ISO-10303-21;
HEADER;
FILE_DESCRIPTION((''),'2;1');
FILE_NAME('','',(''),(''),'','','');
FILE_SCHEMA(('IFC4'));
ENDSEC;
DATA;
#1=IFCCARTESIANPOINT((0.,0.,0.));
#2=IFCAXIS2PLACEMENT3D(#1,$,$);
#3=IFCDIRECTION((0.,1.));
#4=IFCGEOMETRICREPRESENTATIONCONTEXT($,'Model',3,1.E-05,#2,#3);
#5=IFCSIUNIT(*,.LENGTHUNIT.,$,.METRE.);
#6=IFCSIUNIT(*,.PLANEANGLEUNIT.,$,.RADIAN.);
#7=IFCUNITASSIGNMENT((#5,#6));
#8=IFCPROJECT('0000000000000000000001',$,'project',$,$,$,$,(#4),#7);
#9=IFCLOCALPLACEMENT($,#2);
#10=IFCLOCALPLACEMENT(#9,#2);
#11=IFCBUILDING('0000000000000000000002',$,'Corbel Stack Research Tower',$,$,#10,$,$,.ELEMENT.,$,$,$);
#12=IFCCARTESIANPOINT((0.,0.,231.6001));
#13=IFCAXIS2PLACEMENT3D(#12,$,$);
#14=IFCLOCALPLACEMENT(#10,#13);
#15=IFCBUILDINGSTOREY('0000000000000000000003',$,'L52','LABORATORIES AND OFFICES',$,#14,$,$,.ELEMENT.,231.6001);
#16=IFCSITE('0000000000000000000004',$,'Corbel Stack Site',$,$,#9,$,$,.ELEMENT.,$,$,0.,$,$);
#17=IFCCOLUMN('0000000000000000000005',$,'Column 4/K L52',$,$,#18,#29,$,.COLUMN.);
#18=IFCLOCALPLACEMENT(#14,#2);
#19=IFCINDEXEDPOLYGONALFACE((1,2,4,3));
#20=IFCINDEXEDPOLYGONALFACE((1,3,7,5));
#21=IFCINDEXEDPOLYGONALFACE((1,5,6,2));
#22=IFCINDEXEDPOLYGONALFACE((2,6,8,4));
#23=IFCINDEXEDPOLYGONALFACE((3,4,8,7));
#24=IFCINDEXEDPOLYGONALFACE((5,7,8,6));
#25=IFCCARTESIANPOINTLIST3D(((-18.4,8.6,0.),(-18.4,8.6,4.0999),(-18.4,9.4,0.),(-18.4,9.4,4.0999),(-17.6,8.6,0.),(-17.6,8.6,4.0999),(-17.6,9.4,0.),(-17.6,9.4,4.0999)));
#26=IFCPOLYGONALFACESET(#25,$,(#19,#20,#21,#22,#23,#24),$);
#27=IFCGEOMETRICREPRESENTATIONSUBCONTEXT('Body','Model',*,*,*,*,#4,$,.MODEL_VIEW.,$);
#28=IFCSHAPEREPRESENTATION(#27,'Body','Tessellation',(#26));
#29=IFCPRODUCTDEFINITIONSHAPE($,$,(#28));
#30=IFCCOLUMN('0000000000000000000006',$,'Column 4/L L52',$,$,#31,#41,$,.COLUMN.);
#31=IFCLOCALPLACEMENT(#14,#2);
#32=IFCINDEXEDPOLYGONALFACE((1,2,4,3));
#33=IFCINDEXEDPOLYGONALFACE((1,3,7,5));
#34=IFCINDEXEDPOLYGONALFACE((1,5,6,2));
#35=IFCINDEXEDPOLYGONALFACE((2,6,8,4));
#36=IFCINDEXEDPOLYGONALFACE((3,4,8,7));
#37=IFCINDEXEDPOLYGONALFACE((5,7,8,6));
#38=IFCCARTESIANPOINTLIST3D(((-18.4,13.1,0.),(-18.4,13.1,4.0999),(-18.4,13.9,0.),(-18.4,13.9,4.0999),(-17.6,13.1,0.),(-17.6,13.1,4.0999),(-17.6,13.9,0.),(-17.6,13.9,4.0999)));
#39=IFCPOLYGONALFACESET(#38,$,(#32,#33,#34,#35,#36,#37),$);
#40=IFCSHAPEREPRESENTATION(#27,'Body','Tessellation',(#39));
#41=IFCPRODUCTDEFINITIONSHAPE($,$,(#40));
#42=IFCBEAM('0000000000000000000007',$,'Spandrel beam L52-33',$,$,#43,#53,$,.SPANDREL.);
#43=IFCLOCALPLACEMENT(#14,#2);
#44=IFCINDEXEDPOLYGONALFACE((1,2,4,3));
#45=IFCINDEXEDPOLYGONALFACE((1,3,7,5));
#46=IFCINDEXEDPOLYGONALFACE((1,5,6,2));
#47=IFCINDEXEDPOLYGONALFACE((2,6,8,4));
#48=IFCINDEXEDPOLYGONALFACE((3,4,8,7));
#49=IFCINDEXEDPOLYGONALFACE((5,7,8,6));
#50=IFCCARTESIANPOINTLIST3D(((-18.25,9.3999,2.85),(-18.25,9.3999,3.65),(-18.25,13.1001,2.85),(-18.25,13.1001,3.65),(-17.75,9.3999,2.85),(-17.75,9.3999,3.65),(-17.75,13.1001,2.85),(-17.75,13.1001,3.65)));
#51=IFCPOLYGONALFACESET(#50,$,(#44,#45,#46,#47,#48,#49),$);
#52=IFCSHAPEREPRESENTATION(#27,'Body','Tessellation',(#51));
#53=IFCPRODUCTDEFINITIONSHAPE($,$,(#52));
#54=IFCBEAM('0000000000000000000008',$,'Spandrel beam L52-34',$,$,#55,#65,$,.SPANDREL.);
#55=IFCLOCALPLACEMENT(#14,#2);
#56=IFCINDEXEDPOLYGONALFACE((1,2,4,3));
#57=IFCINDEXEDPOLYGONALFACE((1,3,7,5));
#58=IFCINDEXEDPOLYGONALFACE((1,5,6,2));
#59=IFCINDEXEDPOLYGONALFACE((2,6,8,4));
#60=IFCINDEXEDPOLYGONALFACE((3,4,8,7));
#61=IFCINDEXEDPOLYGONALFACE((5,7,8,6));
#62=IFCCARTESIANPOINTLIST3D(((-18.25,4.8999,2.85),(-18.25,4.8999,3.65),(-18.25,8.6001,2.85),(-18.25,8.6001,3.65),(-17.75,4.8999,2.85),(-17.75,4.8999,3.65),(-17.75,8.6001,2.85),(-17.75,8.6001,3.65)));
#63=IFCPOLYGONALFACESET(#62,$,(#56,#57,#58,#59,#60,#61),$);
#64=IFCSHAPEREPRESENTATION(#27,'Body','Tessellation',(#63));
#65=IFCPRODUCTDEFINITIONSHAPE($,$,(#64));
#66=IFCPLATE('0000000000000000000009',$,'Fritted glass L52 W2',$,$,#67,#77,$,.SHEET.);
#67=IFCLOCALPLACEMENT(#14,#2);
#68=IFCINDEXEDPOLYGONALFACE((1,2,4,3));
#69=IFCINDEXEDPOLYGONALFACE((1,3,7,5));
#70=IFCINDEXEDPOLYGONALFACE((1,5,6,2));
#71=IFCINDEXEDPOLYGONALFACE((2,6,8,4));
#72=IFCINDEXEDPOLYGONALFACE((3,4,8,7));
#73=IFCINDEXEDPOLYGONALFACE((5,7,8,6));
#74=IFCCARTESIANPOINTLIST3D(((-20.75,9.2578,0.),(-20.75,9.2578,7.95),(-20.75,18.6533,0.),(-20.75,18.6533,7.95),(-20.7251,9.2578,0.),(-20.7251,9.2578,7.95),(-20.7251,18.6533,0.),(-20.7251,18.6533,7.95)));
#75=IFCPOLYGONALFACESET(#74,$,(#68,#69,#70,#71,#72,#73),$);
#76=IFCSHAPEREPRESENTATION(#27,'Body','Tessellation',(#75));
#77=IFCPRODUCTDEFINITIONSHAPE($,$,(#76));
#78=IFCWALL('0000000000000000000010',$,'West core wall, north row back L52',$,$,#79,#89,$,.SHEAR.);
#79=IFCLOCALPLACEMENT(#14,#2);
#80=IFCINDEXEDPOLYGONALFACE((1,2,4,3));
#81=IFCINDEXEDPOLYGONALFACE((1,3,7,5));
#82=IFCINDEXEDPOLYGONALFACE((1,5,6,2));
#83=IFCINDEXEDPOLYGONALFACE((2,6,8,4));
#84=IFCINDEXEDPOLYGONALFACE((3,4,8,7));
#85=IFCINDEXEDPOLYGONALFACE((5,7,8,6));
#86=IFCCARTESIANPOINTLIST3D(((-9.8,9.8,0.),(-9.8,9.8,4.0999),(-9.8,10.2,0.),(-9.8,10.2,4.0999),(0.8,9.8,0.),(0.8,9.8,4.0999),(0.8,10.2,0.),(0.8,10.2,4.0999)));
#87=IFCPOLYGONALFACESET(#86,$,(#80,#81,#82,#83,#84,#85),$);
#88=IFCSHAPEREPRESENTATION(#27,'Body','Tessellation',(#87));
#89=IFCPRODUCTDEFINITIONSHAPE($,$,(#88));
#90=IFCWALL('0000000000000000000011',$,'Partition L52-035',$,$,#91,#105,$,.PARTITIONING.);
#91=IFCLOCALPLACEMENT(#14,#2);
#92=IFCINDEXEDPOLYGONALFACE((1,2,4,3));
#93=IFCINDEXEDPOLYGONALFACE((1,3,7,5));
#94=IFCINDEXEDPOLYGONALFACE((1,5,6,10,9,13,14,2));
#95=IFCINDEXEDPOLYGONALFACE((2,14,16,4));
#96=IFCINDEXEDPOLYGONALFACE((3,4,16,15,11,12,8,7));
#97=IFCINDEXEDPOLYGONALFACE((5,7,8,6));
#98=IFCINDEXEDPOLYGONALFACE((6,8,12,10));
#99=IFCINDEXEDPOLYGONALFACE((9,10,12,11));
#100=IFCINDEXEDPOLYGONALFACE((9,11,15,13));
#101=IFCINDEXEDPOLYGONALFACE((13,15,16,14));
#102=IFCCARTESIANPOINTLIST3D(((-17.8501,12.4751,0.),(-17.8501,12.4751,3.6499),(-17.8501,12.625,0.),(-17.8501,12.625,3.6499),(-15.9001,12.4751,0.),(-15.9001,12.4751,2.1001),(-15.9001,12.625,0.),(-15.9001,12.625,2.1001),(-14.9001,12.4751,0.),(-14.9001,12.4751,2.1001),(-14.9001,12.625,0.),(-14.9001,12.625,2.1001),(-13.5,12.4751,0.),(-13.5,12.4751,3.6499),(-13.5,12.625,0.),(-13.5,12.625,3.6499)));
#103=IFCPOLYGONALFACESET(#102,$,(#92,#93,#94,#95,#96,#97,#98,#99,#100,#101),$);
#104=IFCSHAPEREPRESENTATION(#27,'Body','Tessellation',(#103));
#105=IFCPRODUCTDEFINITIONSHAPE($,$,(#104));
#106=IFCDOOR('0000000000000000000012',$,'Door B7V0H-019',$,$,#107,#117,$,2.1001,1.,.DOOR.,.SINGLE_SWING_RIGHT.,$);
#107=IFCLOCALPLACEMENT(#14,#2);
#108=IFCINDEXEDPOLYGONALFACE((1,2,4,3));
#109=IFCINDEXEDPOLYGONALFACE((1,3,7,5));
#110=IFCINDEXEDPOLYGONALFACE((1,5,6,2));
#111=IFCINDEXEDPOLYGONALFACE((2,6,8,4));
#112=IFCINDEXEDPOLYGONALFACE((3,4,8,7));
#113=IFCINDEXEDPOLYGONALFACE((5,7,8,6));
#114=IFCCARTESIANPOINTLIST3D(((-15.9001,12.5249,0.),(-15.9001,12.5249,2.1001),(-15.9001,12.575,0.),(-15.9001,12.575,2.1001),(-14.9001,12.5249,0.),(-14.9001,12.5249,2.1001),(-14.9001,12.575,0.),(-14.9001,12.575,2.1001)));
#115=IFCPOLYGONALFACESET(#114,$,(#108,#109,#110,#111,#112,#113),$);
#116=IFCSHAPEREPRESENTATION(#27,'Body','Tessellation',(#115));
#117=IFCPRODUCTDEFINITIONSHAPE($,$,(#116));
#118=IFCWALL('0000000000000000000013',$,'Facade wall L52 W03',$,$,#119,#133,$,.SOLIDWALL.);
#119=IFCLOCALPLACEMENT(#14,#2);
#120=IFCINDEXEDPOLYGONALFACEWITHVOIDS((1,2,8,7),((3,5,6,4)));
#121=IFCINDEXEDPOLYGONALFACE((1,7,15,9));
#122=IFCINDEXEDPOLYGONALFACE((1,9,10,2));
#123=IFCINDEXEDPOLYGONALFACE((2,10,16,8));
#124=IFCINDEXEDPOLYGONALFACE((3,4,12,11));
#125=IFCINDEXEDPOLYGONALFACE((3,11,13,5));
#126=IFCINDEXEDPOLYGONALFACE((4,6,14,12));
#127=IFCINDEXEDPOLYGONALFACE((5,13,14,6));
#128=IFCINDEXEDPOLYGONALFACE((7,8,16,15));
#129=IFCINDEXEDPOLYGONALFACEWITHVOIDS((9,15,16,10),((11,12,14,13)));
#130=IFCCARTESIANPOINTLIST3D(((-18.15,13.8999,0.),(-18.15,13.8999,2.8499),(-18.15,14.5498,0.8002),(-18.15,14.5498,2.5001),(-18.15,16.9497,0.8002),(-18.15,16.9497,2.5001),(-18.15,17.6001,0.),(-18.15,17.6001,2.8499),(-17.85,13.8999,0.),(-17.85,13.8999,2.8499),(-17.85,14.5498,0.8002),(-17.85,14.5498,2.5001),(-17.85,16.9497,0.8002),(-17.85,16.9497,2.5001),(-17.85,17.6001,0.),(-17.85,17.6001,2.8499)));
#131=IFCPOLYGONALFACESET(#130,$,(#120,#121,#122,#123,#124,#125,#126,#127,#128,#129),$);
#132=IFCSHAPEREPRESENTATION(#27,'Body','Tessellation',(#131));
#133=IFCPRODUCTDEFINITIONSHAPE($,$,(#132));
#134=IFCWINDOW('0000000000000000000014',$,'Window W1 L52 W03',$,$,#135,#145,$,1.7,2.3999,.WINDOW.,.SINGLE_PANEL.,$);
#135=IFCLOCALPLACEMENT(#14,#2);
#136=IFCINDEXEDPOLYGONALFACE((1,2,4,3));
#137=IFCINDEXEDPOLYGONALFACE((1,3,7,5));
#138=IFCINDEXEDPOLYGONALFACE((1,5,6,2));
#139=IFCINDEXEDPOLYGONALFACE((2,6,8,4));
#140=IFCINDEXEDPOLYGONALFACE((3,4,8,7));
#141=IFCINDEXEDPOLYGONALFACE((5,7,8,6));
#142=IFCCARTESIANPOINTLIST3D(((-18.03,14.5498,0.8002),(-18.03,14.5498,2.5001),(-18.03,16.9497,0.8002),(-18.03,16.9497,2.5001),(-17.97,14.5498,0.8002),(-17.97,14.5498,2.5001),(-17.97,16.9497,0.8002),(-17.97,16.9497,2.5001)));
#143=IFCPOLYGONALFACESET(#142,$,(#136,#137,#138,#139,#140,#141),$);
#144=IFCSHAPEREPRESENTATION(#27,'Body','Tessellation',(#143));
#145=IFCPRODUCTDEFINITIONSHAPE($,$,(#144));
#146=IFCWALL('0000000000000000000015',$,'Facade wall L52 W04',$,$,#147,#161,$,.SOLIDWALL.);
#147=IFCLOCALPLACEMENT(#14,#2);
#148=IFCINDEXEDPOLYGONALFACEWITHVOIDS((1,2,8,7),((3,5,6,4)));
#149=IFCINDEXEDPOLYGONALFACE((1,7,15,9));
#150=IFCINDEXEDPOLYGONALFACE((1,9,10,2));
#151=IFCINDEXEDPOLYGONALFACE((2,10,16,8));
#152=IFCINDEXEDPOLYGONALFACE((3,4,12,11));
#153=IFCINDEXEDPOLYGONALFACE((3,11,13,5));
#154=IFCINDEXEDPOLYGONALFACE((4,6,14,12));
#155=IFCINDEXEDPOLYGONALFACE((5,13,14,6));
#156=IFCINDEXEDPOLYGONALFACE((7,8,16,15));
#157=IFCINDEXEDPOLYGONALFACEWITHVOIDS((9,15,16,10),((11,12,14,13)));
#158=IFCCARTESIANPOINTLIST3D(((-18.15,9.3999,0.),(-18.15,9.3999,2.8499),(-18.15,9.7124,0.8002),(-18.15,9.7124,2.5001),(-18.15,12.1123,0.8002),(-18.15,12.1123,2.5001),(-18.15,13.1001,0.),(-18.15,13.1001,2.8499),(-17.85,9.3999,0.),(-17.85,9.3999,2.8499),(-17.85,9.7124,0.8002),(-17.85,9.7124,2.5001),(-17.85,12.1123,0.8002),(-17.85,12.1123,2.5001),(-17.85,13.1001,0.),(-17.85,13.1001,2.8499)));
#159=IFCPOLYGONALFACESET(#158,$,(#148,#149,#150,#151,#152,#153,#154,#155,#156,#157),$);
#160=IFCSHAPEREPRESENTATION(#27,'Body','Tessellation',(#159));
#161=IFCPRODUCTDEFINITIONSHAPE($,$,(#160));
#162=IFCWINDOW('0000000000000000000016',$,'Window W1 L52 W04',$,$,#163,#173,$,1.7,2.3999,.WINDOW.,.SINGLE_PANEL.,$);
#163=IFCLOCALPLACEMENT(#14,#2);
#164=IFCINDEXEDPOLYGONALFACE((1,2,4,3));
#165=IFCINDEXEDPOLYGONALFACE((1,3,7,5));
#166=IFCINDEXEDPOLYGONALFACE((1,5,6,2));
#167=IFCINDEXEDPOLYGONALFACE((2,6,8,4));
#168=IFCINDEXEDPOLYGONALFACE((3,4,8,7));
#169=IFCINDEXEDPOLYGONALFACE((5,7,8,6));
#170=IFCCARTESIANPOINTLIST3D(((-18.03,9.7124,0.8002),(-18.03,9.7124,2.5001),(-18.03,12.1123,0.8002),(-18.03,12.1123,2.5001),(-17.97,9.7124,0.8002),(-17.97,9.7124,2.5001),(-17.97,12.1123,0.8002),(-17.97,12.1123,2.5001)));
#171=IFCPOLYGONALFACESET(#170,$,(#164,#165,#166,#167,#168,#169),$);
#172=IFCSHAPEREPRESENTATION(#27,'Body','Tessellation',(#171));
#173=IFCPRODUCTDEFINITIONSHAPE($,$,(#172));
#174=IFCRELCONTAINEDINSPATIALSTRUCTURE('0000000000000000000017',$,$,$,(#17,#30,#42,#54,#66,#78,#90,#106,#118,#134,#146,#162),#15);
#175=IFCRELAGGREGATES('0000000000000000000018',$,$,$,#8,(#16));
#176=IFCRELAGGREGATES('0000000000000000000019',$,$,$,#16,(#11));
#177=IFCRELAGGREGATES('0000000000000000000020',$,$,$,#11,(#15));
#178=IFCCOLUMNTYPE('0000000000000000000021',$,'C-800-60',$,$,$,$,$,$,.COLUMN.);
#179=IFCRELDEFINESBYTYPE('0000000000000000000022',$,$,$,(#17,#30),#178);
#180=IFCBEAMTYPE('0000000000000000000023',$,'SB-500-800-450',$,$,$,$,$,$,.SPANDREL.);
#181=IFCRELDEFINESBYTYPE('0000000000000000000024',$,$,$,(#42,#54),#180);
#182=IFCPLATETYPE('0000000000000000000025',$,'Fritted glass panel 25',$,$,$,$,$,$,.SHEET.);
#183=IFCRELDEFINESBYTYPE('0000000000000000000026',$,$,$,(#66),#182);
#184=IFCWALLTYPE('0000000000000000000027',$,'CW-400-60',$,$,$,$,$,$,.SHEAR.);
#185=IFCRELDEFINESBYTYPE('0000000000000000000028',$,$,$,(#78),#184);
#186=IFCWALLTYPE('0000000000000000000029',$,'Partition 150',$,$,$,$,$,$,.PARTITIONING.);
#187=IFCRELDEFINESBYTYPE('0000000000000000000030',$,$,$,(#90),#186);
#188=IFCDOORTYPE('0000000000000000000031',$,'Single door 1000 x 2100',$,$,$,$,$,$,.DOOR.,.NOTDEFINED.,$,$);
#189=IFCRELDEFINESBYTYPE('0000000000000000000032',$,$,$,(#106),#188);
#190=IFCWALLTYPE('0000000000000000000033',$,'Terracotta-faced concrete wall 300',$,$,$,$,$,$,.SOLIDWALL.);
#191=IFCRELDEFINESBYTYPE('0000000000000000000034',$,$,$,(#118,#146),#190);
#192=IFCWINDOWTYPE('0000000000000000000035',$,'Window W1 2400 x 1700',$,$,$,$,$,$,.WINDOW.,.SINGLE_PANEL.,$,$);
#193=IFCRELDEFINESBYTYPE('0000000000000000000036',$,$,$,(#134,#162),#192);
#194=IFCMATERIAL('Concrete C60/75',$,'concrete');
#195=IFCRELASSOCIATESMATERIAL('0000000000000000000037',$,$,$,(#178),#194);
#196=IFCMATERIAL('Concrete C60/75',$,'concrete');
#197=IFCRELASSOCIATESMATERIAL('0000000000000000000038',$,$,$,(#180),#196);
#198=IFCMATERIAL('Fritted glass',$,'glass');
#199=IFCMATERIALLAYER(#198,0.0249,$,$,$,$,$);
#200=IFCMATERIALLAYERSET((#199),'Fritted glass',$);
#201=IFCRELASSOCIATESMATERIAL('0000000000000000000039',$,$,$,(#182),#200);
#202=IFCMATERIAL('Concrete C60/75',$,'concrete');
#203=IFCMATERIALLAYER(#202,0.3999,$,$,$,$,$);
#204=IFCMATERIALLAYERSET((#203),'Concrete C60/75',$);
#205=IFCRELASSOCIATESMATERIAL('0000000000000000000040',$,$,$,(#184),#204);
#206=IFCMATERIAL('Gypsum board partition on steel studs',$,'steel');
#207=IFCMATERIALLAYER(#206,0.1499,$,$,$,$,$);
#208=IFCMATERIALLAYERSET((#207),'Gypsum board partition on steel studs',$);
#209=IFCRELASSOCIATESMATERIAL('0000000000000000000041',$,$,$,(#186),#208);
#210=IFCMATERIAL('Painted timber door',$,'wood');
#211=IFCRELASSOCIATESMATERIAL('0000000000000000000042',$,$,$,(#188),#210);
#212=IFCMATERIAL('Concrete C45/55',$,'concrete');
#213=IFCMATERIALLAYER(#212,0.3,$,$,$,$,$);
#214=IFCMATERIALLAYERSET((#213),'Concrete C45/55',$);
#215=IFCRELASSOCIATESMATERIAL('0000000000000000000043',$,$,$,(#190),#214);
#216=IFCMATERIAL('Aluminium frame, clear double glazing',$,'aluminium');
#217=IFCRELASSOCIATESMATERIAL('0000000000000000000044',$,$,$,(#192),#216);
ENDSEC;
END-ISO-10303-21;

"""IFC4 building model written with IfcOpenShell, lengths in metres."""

from ifc_helpers import new_model, si_unit, direction, frame, frame_2d, origin, origin_2d, place, context, subcontext, project, spatial, rectangle, extrude, material, layer, layer_set, material_profile, profile_set, type_object, element, fill, save


model = new_model("IFC4")

# Units and contexts
model_context = context("Model", 3, precision=1e-05, world=origin(), true_north=direction((0.0, 1.0)))
body_context = subcontext(model_context, "Body", "Model", "MODEL_VIEW")
ifc_project = project(units=[si_unit("LENGTHUNIT", "METRE"), si_unit("PLANEANGLEUNIT", "RADIAN")], contexts=[model_context])

# Site, building, storey
site_placement = place(None, origin())
site = spatial("IfcSite", under=ifc_project, at=site_placement, Name="Corbel Stack Site", CompositionType="ELEMENT", RefElevation=0.0)
building_placement = place(site_placement, origin())
building = spatial("IfcBuilding", under=site, at=building_placement, Name="Corbel Stack Research Tower", CompositionType="ELEMENT")
storey_placement = place(building_placement, frame((0.0, 0.0, 231.6001)))
storey = spatial("IfcBuildingStorey", under=building, at=storey_placement, Name="L52", Description="LABORATORIES AND OFFICES", CompositionType="ELEMENT", Elevation=231.6001)

# Columns
ifc_material_1 = material(Name="Concrete C60/75", Category="concrete")
ifc_material_profile_1 = material_profile(ifc_material_1, rectangle(XDim=0.8, YDim=0.8, at=origin_2d()), Name="RC 800 x 800")
ifc_profile_set_1 = profile_set([ifc_material_profile_1], Name="Concrete C60/75")
column_type = type_object("IfcColumnType", Name="C-800-60", PredefinedType="COLUMN", material=ifc_profile_set_1)
for number, where, z_axis, x_axis, name in (
    (1, (-18.0, 9.0, 0.0), (0.0, 0.0, 1.0), (1.0, 0.0, 0.0), "Column 4/K L52"),
    (2, (-18.0, 13.5, 0.0), (0.0, 0.0, 1.0), (1.0, 0.0, 0.0), "Column 4/L L52"),
):
    element("IfcColumn", number, at=place(storey_placement, frame(where, z_axis=z_axis, x_axis=x_axis)), inside=storey, type_object=column_type, Name=name, PredefinedType="COLUMN", context=body_context, shape_type="SweptSolid", body=[
        extrude(rectangle(XDim=0.8, YDim=0.8, at=origin_2d()), origin(), (0.0, 0.0, 1.0), 4.0999),
    ])

# Beams
ifc_material_2 = material(Name="Concrete C60/75", Category="concrete")
ifc_material_profile_2 = material_profile(ifc_material_2, rectangle(XDim=0.5, YDim=0.8, at=origin_2d()), Name="RC 500 x 800")
ifc_profile_set_2 = profile_set([ifc_material_profile_2], Name="Concrete C60/75")
beam_type = type_object("IfcBeamType", Name="SB-500-800-450", PredefinedType="SPANDREL", material=ifc_profile_set_2)
for number, where, z_axis, x_axis, name in (
    (3, (-18.0, 13.1001, 3.25), (0.0, -1.0, 0.0), (1.0, 0.0, 0.0), "Spandrel beam L52-33"),
    (4, (-18.0, 8.6001, 3.25), (0.0, -1.0, 0.0), (1.0, 0.0, 0.0), "Spandrel beam L52-34"),
):
    element("IfcBeam", number, at=place(storey_placement, frame(where, z_axis=z_axis, x_axis=x_axis)), inside=storey, type_object=beam_type, Name=name, PredefinedType="SPANDREL", context=body_context, shape_type="SweptSolid", body=[
        extrude(rectangle(XDim=0.5, YDim=0.8, at=origin_2d()), origin(), (0.0, 0.0, 1.0), 3.7002),
    ])

# Plate
ifc_material_3 = material(Name="Fritted glass", Category="glass")
ifc_layer_1 = layer(ifc_material_3, 0.0249)
ifc_layer_set_1 = layer_set([ifc_layer_1], Name="Fritted glass")
plate_type = type_object("IfcPlateType", Name="Fritted glass panel 25", PredefinedType="SHEET", material=ifc_layer_set_1)
plate_placement = place(storey_placement, frame((-20.7375, 13.9556, 0.0), z_axis=(0.0, 0.0, 1.0), x_axis=(0.0, -1.0, 0.0)))
element("IfcPlate", 5, at=plate_placement, inside=storey, type_object=plate_type, Name="Fritted glass L52 W2", PredefinedType="SHEET", context=body_context, shape_type="SweptSolid", body=[
    extrude(rectangle(XDim=9.3955, YDim=0.0249, at=origin_2d()), origin(), (0.0, 0.0, 1.0), 7.95),
])

# Wall
ifc_material_4 = material(Name="Concrete C60/75", Category="concrete")
ifc_layer_2 = layer(ifc_material_4, 0.3999)
ifc_layer_set_2 = layer_set([ifc_layer_2], Name="Concrete C60/75")
wall_type_1 = type_object("IfcWallType", Name="CW-400-60", PredefinedType="SHEAR", material=ifc_layer_set_2)
wall_1_placement = place(storey_placement, frame((-9.8, 10.0, 0.0), z_axis=(0.0, 0.0, 1.0), x_axis=(1.0, 0.0, 0.0)))
element("IfcWall", 6, at=wall_1_placement, inside=storey, type_object=wall_type_1, Name="West core wall, north row back L52", PredefinedType="SHEAR", context=body_context, shape_type="SweptSolid", body=[
    extrude(rectangle(XDim=10.6001, YDim=0.3999, at=frame_2d((5.3, 0.0))), origin(), (0.0, 0.0, 1.0), 4.0999),
])

# Wall, opening, door
ifc_material_5 = material(Name="Gypsum board partition on steel studs", Category="steel")
ifc_layer_3 = layer(ifc_material_5, 0.1499)
ifc_layer_set_3 = layer_set([ifc_layer_3], Name="Gypsum board partition on steel studs")
wall_type_2 = type_object("IfcWallType", Name="Partition 150", PredefinedType="PARTITIONING", material=ifc_layer_set_3)
wall_2_placement = place(storey_placement, frame((-17.8501, 12.55, 0.0), z_axis=(0.0, 0.0, 1.0), x_axis=(1.0, 0.0, 0.0)))
wall_2 = element("IfcWall", 7, at=wall_2_placement, inside=storey, type_object=wall_type_2, Name="Partition L52-035", PredefinedType="PARTITIONING", context=body_context, shape_type="SweptSolid", body=[
    extrude(rectangle(XDim=4.3501, YDim=0.1499, at=frame_2d((2.175, 0.0))), origin(), (0.0, 0.0, 1.0), 3.6499),
])
opening_1_placement = place(wall_2_placement, frame((1.95, 0.0, 0.0)))
opening_1 = element("IfcOpeningElement", 8, at=opening_1_placement, cuts=wall_2, PredefinedType="OPENING", context=body_context, shape_type="SweptSolid", body=[
    extrude(rectangle(XDim=1.0, YDim=2.1001, at=frame_2d((0.5, 1.05))), frame((0.0, 0.085, 0.0), z_axis=(0.0, -1.0, 0.0), x_axis=(1.0, 0.0, 0.0)), (0.0, 0.0, 1.0), 0.1699),
])
ifc_material_6 = material(Name="Painted timber door", Category="wood")
door_type = type_object("IfcDoorType", Name="Single door 1000 x 2100", OperationType="NOTDEFINED", PredefinedType="DOOR", material=ifc_material_6)
door_placement = place(opening_1_placement, origin())
door = element("IfcDoor", 9, at=door_placement, inside=storey, type_object=door_type, Name="Door B7V0H-019", OperationType="SINGLE_SWING_RIGHT", OverallHeight=2.1001, OverallWidth=1.0, PredefinedType="DOOR", context=body_context, shape_type="SweptSolid", body=[
    extrude(rectangle(XDim=1.0, YDim=2.1001, at=frame_2d((0.5, 1.05))), frame((0.0, 0.0249, 0.0), z_axis=(0.0, -1.0, 0.0), x_axis=(1.0, 0.0, 0.0)), (0.0, 0.0, 1.0), 0.05),
])
fill(opening_1, door)

# Walls, openings, windows
ifc_material_7 = material(Name="Concrete C45/55", Category="concrete")
ifc_layer_4 = layer(ifc_material_7, 0.3)
ifc_layer_set_4 = layer_set([ifc_layer_4], Name="Concrete C45/55")
wall_type_3 = type_object("IfcWallType", Name="Terracotta-faced concrete wall 300", PredefinedType="SOLIDWALL", material=ifc_layer_set_4)
wall_3_placement = place(storey_placement, frame((-18.0, 13.8999, 0.0), z_axis=(0.0, 0.0, 1.0), x_axis=(0.0, 1.0, 0.0)))
wall_3 = element("IfcWall", 10, at=wall_3_placement, inside=storey, type_object=wall_type_3, Name="Facade wall L52 W03", PredefinedType="SOLIDWALL", context=body_context, shape_type="SweptSolid", body=[
    extrude(rectangle(XDim=3.7002, YDim=0.3, at=frame_2d((1.8501, 0.0))), origin(), (0.0, 0.0, 1.0), 2.8499),
])
opening_2_placement = place(wall_3_placement, frame((0.6499, 0.0, 0.8)))
opening_2 = element("IfcOpeningElement", 11, at=opening_2_placement, cuts=wall_3, PredefinedType="OPENING", context=body_context, shape_type="SweptSolid", body=[
    extrude(rectangle(XDim=2.3999, YDim=1.7, at=frame_2d((1.2, 0.8501))), frame((0.0, 0.1599, 0.0), z_axis=(0.0, -1.0, 0.0), x_axis=(1.0, 0.0, 0.0)), (0.0, 0.0, 1.0), 0.3201),
])
ifc_material_8 = material(Name="Aluminium frame, clear double glazing", Category="aluminium")
window_type = type_object("IfcWindowType", Name="Window W1 2400 x 1700", PartitioningType="SINGLE_PANEL", PredefinedType="WINDOW", material=ifc_material_8)
window_1_placement = place(opening_2_placement, origin())
window_1 = element("IfcWindow", 12, at=window_1_placement, inside=storey, type_object=window_type, Name="Window W1 L52 W03", OverallHeight=1.7, OverallWidth=2.3999, PartitioningType="SINGLE_PANEL", PredefinedType="WINDOW", context=body_context, shape_type="SweptSolid", body=[
    extrude(rectangle(XDim=2.3999, YDim=1.7, at=frame_2d((1.2, 0.8501))), frame((0.0, 0.03, 0.0), z_axis=(0.0, -1.0, 0.0), x_axis=(1.0, 0.0, 0.0)), (0.0, 0.0, 1.0), 0.0601),
])
fill(opening_2, window_1)
wall_4_placement = place(storey_placement, frame((-18.0, 9.3999, 0.0), z_axis=(0.0, 0.0, 1.0), x_axis=(0.0, 1.0, 0.0)))
wall_4 = element("IfcWall", 13, at=wall_4_placement, inside=storey, type_object=wall_type_3, Name="Facade wall L52 W04", PredefinedType="SOLIDWALL", context=body_context, shape_type="SweptSolid", body=[
    extrude(rectangle(XDim=3.7002, YDim=0.3, at=frame_2d((1.8501, 0.0))), origin(), (0.0, 0.0, 1.0), 2.8499),
])
opening_3_placement = place(wall_4_placement, frame((0.3125, 0.0, 0.8)))
opening_3 = element("IfcOpeningElement", 14, at=opening_3_placement, cuts=wall_4, PredefinedType="OPENING", context=body_context, shape_type="SweptSolid", body=[
    extrude(rectangle(XDim=2.3999, YDim=1.7, at=frame_2d((1.2, 0.8501))), frame((0.0, 0.1599, 0.0), z_axis=(0.0, -1.0, 0.0), x_axis=(1.0, 0.0, 0.0)), (0.0, 0.0, 1.0), 0.3201),
])
window_2_placement = place(opening_3_placement, origin())
window_2 = element("IfcWindow", 15, at=window_2_placement, inside=storey, type_object=window_type, Name="Window W1 L52 W04", OverallHeight=1.7, OverallWidth=2.3999, PartitioningType="SINGLE_PANEL", PredefinedType="WINDOW", context=body_context, shape_type="SweptSolid", body=[
    extrude(rectangle(XDim=2.3999, YDim=1.7, at=frame_2d((1.2, 0.8501))), frame((0.0, 0.03, 0.0), z_axis=(0.0, -1.0, 0.0), x_axis=(1.0, 0.0, 0.0)), (0.0, 0.0, 1.0), 0.0601),
])
fill(opening_3, window_2)

save(model, "model.ifc")
